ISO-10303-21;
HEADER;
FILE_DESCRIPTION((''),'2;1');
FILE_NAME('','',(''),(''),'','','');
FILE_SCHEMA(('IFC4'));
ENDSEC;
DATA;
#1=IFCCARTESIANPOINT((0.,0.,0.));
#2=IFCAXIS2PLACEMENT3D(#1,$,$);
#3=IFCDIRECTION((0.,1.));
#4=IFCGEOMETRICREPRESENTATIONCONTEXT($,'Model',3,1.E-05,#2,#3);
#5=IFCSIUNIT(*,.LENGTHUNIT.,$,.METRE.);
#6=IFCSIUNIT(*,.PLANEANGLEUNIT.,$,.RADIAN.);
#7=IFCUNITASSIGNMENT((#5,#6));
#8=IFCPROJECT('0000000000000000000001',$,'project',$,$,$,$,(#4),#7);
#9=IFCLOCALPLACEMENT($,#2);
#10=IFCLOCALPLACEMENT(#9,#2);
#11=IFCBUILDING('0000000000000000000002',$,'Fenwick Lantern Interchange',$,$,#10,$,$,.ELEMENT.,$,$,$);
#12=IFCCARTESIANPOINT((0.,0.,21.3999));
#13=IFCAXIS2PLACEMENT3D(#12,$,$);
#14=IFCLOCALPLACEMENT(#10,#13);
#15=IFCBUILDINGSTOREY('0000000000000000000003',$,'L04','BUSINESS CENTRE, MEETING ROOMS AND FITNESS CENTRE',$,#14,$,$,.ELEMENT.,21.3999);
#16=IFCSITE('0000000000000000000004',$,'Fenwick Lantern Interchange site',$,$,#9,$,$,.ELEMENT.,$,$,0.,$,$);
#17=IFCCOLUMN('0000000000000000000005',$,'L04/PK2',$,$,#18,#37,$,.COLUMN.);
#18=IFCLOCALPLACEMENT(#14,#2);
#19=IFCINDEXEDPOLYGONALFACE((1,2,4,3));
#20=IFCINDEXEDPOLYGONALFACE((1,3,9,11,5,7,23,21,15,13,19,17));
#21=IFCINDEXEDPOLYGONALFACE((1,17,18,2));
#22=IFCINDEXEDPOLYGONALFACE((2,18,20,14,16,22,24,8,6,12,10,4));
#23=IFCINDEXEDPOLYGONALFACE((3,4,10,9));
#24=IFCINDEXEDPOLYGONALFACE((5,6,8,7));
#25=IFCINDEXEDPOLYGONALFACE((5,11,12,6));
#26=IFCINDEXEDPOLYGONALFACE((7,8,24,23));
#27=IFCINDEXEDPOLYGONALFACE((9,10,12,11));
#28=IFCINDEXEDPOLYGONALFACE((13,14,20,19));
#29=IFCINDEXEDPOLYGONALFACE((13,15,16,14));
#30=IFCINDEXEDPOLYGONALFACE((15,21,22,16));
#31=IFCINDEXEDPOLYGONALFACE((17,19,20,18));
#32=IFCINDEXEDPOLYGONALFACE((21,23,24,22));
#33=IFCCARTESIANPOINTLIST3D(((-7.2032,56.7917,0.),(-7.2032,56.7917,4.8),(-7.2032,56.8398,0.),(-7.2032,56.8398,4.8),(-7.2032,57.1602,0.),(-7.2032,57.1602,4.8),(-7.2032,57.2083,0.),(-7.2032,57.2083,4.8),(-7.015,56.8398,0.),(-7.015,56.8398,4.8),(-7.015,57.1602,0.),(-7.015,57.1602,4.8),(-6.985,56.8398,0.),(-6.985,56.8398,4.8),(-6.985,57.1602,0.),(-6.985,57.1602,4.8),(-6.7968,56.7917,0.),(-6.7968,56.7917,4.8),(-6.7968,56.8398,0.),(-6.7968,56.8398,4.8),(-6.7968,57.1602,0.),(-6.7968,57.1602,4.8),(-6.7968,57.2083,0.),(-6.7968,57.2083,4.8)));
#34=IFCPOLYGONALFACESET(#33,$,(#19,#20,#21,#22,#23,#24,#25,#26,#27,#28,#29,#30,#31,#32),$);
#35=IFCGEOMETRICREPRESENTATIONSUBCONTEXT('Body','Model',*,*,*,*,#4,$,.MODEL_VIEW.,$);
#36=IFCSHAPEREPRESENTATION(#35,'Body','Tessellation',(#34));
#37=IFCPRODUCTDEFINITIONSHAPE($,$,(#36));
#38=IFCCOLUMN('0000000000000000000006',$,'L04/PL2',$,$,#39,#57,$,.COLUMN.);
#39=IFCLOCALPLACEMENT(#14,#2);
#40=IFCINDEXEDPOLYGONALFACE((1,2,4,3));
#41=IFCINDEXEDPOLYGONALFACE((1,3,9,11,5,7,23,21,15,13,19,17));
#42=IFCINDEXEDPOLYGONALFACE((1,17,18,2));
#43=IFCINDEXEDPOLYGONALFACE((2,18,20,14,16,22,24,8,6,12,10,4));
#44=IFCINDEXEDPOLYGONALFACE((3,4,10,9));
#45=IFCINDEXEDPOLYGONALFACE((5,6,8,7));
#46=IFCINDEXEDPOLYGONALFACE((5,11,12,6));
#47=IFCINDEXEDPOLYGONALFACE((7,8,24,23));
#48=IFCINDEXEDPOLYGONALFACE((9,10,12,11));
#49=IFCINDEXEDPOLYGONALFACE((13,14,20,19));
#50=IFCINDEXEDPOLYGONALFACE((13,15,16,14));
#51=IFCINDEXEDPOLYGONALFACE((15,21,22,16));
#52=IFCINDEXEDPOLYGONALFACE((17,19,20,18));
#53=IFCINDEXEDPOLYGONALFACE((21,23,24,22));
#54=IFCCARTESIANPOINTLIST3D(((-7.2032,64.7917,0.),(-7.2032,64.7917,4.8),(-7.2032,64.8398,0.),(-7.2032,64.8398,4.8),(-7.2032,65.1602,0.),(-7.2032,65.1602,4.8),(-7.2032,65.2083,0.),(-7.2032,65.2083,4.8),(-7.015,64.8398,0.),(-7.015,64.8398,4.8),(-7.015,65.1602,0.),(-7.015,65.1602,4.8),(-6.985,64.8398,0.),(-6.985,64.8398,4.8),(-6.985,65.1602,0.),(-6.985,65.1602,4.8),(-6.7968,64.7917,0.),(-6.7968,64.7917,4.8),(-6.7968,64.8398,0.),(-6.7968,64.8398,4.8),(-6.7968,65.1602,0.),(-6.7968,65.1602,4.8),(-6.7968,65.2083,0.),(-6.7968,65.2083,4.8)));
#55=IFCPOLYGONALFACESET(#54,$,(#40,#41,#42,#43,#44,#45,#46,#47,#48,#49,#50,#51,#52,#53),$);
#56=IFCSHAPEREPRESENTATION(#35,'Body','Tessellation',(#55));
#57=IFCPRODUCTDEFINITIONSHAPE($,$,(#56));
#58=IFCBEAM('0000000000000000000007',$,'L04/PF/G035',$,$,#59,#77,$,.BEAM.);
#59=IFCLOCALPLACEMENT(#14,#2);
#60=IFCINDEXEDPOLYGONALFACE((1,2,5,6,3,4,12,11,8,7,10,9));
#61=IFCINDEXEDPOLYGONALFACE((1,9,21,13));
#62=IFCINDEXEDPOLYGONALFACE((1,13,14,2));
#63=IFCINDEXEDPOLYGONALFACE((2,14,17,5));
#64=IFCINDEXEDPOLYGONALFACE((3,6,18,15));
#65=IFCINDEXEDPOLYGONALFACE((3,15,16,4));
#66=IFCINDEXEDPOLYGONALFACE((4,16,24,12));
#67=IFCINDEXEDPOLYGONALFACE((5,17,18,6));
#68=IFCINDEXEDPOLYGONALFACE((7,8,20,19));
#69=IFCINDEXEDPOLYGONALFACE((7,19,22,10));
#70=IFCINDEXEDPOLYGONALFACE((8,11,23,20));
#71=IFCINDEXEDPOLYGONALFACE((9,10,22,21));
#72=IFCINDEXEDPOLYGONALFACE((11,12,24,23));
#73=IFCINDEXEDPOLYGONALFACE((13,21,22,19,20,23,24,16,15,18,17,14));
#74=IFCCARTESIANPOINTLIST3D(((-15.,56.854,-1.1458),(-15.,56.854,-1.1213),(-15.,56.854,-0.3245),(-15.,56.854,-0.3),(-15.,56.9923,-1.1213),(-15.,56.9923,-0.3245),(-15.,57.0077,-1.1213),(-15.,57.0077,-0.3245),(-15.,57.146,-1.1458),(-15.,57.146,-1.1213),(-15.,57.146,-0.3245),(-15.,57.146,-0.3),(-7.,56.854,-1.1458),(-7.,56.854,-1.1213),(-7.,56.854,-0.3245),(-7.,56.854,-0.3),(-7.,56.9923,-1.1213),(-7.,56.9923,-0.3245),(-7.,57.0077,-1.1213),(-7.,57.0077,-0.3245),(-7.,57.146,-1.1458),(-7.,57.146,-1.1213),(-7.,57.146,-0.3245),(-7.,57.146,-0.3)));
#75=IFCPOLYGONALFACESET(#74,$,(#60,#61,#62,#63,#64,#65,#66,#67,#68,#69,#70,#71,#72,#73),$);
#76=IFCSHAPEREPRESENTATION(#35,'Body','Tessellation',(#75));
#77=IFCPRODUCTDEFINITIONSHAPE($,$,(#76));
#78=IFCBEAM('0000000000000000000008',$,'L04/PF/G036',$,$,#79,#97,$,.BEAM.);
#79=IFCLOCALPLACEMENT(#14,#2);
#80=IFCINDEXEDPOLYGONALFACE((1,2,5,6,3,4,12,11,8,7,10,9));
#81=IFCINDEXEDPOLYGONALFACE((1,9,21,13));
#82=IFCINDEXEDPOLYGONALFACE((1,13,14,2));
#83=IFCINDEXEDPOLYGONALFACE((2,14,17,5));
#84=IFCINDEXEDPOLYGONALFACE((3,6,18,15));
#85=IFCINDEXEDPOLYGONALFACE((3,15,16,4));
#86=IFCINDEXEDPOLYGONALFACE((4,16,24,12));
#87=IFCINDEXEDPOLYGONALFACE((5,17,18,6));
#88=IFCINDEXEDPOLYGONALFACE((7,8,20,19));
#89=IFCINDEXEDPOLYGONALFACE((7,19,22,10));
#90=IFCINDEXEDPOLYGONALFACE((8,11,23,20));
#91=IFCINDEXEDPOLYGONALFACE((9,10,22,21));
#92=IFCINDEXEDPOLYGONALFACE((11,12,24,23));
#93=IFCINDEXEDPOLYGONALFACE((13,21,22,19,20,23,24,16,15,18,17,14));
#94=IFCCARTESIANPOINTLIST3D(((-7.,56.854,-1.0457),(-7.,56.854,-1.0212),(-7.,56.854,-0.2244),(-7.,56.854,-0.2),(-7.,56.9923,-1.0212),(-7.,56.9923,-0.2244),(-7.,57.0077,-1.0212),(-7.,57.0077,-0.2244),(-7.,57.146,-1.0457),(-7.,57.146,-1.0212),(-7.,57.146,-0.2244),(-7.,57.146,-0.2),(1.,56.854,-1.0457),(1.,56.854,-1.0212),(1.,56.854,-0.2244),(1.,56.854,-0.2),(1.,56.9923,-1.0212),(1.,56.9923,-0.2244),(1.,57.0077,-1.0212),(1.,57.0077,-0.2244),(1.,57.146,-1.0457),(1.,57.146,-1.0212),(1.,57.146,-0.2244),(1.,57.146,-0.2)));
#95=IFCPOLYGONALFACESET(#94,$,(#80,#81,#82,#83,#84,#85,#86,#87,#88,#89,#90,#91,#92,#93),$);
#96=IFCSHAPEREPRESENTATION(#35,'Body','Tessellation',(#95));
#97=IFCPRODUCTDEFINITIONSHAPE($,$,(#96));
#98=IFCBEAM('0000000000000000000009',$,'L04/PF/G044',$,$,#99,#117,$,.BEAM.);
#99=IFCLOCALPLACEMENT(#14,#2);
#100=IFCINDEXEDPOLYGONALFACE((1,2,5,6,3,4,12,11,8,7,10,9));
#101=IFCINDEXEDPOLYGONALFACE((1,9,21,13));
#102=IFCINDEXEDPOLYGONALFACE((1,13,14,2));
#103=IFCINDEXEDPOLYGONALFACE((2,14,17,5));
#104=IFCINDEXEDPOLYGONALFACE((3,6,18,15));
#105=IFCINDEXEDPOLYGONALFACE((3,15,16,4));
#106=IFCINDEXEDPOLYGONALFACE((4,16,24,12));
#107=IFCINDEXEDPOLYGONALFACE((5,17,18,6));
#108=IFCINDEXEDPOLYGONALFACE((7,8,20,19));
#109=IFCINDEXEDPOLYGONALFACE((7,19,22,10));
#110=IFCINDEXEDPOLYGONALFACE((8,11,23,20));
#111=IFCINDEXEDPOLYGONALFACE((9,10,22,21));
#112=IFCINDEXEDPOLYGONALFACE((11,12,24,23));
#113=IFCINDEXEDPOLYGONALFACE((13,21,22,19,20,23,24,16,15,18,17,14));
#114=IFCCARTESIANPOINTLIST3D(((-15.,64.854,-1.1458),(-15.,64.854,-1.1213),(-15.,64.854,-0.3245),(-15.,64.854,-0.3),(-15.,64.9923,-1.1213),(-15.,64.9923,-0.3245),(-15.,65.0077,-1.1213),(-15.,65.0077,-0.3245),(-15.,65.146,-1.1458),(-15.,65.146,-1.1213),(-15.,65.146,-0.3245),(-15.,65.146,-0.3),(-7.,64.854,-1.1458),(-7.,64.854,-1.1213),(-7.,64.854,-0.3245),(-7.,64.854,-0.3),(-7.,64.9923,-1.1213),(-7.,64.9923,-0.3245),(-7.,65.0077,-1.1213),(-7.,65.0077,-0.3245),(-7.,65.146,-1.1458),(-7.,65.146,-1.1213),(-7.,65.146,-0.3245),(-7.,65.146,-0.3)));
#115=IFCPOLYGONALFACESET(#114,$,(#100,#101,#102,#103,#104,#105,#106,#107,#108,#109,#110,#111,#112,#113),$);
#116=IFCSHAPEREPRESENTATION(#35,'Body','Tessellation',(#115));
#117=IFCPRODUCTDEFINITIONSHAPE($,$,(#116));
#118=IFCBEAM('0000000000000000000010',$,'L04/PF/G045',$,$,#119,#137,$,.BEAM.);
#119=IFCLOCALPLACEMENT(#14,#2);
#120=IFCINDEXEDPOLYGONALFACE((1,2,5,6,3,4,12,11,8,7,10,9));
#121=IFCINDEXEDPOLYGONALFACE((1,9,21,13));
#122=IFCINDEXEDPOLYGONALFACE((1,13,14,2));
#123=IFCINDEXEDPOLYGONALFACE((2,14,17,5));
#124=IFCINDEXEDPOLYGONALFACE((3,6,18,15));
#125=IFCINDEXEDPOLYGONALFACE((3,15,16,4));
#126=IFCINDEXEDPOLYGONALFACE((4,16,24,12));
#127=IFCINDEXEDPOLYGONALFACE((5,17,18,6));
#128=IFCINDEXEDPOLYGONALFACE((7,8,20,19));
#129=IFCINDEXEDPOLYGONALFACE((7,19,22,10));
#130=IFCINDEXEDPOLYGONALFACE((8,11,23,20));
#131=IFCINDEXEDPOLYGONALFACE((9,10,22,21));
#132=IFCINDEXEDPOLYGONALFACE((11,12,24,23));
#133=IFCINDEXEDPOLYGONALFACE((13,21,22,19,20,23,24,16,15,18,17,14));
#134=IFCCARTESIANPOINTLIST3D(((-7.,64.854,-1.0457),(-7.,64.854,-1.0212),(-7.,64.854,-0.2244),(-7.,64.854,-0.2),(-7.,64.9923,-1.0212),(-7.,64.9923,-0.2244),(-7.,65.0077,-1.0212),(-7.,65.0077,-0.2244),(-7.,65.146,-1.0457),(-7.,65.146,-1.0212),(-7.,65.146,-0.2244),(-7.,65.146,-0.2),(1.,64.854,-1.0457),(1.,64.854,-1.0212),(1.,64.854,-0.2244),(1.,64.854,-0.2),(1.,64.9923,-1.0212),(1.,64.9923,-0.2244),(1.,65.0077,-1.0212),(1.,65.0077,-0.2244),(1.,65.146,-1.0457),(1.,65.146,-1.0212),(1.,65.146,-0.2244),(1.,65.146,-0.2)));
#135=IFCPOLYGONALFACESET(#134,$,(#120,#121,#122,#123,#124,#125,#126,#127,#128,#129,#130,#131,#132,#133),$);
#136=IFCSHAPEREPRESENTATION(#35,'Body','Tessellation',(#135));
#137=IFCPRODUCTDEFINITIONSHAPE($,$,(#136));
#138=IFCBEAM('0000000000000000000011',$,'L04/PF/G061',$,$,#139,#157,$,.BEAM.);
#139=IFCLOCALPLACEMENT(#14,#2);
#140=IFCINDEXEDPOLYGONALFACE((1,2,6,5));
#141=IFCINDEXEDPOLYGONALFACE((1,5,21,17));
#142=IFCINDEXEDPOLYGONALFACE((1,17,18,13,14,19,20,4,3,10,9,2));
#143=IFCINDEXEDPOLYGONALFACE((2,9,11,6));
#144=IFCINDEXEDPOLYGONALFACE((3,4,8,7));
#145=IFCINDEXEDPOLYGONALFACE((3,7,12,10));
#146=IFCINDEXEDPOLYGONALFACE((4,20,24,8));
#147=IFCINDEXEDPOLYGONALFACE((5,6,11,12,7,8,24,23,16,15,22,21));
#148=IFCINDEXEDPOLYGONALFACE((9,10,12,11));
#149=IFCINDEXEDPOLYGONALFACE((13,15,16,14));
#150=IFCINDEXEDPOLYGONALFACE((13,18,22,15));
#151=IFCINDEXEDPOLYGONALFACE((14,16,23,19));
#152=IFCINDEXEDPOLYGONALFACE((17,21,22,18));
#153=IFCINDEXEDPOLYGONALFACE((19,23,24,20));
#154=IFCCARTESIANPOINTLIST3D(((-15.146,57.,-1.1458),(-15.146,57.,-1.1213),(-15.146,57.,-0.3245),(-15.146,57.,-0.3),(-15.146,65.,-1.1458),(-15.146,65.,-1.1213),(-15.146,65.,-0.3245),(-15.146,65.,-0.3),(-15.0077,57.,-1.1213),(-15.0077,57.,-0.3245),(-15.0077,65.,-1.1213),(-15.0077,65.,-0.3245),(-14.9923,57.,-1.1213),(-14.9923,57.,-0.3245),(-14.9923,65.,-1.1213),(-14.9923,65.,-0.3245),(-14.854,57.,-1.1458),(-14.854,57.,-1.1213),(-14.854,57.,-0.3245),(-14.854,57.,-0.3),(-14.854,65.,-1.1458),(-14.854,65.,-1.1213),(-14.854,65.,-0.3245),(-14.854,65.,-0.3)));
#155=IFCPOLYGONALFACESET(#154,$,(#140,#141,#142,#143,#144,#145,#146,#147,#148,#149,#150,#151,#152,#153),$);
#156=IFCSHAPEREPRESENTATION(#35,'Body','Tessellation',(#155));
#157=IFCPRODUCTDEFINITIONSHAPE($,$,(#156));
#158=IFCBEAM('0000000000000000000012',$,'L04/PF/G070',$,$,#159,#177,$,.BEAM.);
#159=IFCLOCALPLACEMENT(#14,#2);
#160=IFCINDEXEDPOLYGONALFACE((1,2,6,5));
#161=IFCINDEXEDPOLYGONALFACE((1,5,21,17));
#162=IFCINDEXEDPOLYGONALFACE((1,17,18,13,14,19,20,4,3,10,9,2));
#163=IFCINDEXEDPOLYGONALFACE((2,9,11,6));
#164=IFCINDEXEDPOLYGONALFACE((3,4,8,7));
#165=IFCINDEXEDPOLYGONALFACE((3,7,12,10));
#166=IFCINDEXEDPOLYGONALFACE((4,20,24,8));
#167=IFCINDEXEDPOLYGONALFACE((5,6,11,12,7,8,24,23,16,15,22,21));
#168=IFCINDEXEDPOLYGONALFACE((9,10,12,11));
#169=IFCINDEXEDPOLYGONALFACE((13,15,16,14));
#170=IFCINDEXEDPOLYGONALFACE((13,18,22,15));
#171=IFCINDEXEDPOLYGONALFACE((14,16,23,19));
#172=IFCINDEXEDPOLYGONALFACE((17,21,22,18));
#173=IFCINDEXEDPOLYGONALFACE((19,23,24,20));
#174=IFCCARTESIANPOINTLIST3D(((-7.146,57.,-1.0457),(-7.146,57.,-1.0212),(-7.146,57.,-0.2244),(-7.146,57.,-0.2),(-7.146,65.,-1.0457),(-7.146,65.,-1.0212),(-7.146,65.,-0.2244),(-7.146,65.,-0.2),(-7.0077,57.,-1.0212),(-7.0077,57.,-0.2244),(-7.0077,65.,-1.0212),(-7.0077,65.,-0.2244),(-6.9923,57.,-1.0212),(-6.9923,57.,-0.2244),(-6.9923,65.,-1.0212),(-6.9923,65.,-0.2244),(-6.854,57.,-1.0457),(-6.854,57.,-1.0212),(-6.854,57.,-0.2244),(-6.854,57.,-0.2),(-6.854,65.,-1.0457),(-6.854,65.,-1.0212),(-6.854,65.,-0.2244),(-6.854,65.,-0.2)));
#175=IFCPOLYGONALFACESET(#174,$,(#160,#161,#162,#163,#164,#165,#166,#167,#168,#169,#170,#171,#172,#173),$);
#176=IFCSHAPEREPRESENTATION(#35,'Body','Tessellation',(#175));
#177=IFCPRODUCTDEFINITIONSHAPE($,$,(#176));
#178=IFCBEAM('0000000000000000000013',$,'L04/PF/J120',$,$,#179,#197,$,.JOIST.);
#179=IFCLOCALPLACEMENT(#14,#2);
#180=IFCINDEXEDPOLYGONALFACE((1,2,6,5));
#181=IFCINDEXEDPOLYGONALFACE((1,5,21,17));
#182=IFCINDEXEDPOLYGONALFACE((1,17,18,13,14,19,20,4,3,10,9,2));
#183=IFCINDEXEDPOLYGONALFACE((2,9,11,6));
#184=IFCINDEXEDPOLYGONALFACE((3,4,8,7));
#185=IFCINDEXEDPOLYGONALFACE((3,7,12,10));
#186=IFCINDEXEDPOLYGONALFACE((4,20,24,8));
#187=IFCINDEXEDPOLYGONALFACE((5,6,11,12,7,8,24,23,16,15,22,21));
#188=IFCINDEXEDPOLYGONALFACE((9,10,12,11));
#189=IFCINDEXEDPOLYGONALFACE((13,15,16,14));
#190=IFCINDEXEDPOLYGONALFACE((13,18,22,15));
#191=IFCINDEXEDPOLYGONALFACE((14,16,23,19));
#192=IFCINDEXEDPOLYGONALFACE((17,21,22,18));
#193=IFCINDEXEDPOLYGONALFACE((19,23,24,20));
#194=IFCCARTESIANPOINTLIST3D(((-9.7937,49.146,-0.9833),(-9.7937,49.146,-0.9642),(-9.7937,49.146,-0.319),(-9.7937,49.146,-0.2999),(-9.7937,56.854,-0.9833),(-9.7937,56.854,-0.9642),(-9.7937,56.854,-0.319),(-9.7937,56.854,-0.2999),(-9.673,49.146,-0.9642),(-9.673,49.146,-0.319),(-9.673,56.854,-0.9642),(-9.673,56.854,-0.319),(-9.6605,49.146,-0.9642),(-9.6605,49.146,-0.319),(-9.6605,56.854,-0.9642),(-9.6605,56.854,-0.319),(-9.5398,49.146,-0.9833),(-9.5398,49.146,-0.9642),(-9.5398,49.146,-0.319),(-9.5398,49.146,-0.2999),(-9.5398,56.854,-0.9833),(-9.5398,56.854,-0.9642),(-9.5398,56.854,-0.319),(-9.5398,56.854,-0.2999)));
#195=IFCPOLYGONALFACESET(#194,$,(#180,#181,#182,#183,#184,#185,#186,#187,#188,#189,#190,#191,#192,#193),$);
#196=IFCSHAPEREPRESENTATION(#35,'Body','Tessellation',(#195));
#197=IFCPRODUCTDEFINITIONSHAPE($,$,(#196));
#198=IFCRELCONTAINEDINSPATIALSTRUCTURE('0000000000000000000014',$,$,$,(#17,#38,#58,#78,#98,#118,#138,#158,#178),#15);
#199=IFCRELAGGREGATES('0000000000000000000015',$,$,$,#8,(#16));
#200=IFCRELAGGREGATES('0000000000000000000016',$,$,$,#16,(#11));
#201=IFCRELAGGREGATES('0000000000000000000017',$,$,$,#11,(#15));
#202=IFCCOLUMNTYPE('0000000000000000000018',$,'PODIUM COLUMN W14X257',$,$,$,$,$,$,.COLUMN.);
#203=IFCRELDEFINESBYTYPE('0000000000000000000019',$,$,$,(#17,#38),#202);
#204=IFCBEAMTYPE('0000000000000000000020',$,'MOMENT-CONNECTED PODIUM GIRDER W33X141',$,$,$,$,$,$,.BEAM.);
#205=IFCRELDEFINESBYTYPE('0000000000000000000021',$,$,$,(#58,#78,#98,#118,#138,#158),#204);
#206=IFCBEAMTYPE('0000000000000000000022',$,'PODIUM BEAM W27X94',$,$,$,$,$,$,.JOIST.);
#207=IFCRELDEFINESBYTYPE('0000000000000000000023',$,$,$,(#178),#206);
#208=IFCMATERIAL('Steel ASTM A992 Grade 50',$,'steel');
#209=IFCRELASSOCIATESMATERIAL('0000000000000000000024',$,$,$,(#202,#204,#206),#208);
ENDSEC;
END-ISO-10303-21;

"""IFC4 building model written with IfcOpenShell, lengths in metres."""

from ifc_helpers import new_model, si_unit, direction, frame, origin, origin_2d, place, context, subcontext, project, spatial, i_section, extrude, material, material_profile, profile_set, type_object, element, save


model = new_model("IFC4")

# Units and contexts
model_context = context("Model", 3, precision=1e-05, world=origin(), true_north=direction((0.0, 1.0)))
body_context = subcontext(model_context, "Body", "Model", "MODEL_VIEW")
ifc_project = project(units=[si_unit("LENGTHUNIT", "METRE"), si_unit("PLANEANGLEUNIT", "RADIAN")], contexts=[model_context])

# Site, building, storey
site_placement = place(None, origin())
site = spatial("IfcSite", under=ifc_project, at=site_placement, Name="Fenwick Lantern Interchange site", CompositionType="ELEMENT", RefElevation=0.0)
building_placement = place(site_placement, origin())
building = spatial("IfcBuilding", under=site, at=building_placement, Name="Fenwick Lantern Interchange", CompositionType="ELEMENT")
storey_placement = place(building_placement, frame((0.0, 0.0, 21.3999)))
storey = spatial("IfcBuildingStorey", under=building, at=storey_placement, Name="L04", Description="BUSINESS CENTRE, MEETING ROOMS AND FITNESS CENTRE", CompositionType="ELEMENT", Elevation=21.3999)

# Columns
ifc_material_1 = material(Name="Steel ASTM A992 Grade 50", Category="steel")
ifc_material_profile_1 = material_profile(ifc_material_1, i_section(OverallWidth=0.4065, OverallDepth=0.4165, WebThickness=0.03, FlangeThickness=0.0481, at=origin_2d()), Name="W14X257")
ifc_profile_set_1 = profile_set([ifc_material_profile_1], Name="Steel ASTM A992 Grade 50")
column_type = type_object("IfcColumnType", Name="PODIUM COLUMN W14X257", PredefinedType="COLUMN", material=ifc_profile_set_1)
for number, where, z_axis, x_axis, name in (
    (1, (-7.0, 57.0, 0.0), (0.0, 0.0, 1.0), (1.0, 0.0, 0.0), "L04/PK2"),
    (2, (-7.0, 65.0, 0.0), (0.0, 0.0, 1.0), (1.0, 0.0, 0.0), "L04/PL2"),
):
    element("IfcColumn", number, at=place(storey_placement, frame(where, z_axis=z_axis, x_axis=x_axis)), inside=storey, type_object=column_type, Name=name, PredefinedType="COLUMN", context=body_context, shape_type="SweptSolid", body=[
        extrude(i_section(OverallWidth=0.4065, OverallDepth=0.4165, WebThickness=0.03, FlangeThickness=0.0481, at=origin_2d()), origin(), (0.0, 0.0, 1.0), 4.8),
    ])

# Beams
ifc_material_profile_2 = material_profile(ifc_material_1, i_section(OverallWidth=0.292, OverallDepth=0.8457, WebThickness=0.0154, FlangeThickness=0.0244, at=origin_2d()), Name="W33X141")
ifc_profile_set_2 = profile_set([ifc_material_profile_2], Name="Steel ASTM A992 Grade 50")
beam_type_1 = type_object("IfcBeamType", Name="MOMENT-CONNECTED PODIUM GIRDER W33X141", PredefinedType="BEAM", material=ifc_profile_set_2)
for number, where, z_axis, x_axis, name in (
    (3, (-15.0, 57.0, -0.7229), (1.0, 0.0, 0.0), (0.0, 1.0, 0.0), "L04/PF/G035"),
    (4, (-7.0, 57.0, -0.6228), (1.0, 0.0, 0.0), (0.0, 1.0, 0.0), "L04/PF/G036"),
    (5, (-15.0, 65.0, -0.7229), (1.0, 0.0, 0.0), (0.0, 1.0, 0.0), "L04/PF/G044"),
    (6, (-7.0, 65.0, -0.6228), (1.0, 0.0, 0.0), (0.0, 1.0, 0.0), "L04/PF/G045"),
    (7, (-15.0, 57.0, -0.7229), (0.0, 1.0, 0.0), (-1.0, 0.0, 0.0), "L04/PF/G061"),
    (8, (-7.0, 57.0, -0.6228), (0.0, 1.0, 0.0), (-1.0, 0.0, 0.0), "L04/PF/G070"),
):
    element("IfcBeam", number, at=place(storey_placement, frame(where, z_axis=z_axis, x_axis=x_axis)), inside=storey, type_object=beam_type_1, Name=name, PredefinedType="BEAM", context=body_context, shape_type="SweptSolid", body=[
        extrude(i_section(OverallWidth=0.292, OverallDepth=0.8457, WebThickness=0.0154, FlangeThickness=0.0244, at=origin_2d()), origin(), (0.0, 0.0, 1.0), 8.0),
    ])
ifc_material_profile_3 = material_profile(ifc_material_1, i_section(OverallWidth=0.2539, OverallDepth=0.6833, WebThickness=0.0125, FlangeThickness=0.019, at=origin_2d()), Name="W27X94")
ifc_profile_set_3 = profile_set([ifc_material_profile_3], Name="Steel ASTM A992 Grade 50")
beam_type_2 = type_object("IfcBeamType", Name="PODIUM BEAM W27X94", PredefinedType="JOIST", material=ifc_profile_set_3)
beam_placement = place(storey_placement, frame((-9.6667, 49.146, -0.6416), z_axis=(0.0, 1.0, 0.0), x_axis=(-1.0, 0.0, 0.0)))
element("IfcBeam", 9, at=beam_placement, inside=storey, type_object=beam_type_2, Name="L04/PF/J120", PredefinedType="JOIST", context=body_context, shape_type="SweptSolid", body=[
    extrude(i_section(OverallWidth=0.2539, OverallDepth=0.6833, WebThickness=0.0125, FlangeThickness=0.019, at=origin_2d()), origin(), (0.0, 0.0, 1.0), 7.708),
])

save(model, "model.ifc")
